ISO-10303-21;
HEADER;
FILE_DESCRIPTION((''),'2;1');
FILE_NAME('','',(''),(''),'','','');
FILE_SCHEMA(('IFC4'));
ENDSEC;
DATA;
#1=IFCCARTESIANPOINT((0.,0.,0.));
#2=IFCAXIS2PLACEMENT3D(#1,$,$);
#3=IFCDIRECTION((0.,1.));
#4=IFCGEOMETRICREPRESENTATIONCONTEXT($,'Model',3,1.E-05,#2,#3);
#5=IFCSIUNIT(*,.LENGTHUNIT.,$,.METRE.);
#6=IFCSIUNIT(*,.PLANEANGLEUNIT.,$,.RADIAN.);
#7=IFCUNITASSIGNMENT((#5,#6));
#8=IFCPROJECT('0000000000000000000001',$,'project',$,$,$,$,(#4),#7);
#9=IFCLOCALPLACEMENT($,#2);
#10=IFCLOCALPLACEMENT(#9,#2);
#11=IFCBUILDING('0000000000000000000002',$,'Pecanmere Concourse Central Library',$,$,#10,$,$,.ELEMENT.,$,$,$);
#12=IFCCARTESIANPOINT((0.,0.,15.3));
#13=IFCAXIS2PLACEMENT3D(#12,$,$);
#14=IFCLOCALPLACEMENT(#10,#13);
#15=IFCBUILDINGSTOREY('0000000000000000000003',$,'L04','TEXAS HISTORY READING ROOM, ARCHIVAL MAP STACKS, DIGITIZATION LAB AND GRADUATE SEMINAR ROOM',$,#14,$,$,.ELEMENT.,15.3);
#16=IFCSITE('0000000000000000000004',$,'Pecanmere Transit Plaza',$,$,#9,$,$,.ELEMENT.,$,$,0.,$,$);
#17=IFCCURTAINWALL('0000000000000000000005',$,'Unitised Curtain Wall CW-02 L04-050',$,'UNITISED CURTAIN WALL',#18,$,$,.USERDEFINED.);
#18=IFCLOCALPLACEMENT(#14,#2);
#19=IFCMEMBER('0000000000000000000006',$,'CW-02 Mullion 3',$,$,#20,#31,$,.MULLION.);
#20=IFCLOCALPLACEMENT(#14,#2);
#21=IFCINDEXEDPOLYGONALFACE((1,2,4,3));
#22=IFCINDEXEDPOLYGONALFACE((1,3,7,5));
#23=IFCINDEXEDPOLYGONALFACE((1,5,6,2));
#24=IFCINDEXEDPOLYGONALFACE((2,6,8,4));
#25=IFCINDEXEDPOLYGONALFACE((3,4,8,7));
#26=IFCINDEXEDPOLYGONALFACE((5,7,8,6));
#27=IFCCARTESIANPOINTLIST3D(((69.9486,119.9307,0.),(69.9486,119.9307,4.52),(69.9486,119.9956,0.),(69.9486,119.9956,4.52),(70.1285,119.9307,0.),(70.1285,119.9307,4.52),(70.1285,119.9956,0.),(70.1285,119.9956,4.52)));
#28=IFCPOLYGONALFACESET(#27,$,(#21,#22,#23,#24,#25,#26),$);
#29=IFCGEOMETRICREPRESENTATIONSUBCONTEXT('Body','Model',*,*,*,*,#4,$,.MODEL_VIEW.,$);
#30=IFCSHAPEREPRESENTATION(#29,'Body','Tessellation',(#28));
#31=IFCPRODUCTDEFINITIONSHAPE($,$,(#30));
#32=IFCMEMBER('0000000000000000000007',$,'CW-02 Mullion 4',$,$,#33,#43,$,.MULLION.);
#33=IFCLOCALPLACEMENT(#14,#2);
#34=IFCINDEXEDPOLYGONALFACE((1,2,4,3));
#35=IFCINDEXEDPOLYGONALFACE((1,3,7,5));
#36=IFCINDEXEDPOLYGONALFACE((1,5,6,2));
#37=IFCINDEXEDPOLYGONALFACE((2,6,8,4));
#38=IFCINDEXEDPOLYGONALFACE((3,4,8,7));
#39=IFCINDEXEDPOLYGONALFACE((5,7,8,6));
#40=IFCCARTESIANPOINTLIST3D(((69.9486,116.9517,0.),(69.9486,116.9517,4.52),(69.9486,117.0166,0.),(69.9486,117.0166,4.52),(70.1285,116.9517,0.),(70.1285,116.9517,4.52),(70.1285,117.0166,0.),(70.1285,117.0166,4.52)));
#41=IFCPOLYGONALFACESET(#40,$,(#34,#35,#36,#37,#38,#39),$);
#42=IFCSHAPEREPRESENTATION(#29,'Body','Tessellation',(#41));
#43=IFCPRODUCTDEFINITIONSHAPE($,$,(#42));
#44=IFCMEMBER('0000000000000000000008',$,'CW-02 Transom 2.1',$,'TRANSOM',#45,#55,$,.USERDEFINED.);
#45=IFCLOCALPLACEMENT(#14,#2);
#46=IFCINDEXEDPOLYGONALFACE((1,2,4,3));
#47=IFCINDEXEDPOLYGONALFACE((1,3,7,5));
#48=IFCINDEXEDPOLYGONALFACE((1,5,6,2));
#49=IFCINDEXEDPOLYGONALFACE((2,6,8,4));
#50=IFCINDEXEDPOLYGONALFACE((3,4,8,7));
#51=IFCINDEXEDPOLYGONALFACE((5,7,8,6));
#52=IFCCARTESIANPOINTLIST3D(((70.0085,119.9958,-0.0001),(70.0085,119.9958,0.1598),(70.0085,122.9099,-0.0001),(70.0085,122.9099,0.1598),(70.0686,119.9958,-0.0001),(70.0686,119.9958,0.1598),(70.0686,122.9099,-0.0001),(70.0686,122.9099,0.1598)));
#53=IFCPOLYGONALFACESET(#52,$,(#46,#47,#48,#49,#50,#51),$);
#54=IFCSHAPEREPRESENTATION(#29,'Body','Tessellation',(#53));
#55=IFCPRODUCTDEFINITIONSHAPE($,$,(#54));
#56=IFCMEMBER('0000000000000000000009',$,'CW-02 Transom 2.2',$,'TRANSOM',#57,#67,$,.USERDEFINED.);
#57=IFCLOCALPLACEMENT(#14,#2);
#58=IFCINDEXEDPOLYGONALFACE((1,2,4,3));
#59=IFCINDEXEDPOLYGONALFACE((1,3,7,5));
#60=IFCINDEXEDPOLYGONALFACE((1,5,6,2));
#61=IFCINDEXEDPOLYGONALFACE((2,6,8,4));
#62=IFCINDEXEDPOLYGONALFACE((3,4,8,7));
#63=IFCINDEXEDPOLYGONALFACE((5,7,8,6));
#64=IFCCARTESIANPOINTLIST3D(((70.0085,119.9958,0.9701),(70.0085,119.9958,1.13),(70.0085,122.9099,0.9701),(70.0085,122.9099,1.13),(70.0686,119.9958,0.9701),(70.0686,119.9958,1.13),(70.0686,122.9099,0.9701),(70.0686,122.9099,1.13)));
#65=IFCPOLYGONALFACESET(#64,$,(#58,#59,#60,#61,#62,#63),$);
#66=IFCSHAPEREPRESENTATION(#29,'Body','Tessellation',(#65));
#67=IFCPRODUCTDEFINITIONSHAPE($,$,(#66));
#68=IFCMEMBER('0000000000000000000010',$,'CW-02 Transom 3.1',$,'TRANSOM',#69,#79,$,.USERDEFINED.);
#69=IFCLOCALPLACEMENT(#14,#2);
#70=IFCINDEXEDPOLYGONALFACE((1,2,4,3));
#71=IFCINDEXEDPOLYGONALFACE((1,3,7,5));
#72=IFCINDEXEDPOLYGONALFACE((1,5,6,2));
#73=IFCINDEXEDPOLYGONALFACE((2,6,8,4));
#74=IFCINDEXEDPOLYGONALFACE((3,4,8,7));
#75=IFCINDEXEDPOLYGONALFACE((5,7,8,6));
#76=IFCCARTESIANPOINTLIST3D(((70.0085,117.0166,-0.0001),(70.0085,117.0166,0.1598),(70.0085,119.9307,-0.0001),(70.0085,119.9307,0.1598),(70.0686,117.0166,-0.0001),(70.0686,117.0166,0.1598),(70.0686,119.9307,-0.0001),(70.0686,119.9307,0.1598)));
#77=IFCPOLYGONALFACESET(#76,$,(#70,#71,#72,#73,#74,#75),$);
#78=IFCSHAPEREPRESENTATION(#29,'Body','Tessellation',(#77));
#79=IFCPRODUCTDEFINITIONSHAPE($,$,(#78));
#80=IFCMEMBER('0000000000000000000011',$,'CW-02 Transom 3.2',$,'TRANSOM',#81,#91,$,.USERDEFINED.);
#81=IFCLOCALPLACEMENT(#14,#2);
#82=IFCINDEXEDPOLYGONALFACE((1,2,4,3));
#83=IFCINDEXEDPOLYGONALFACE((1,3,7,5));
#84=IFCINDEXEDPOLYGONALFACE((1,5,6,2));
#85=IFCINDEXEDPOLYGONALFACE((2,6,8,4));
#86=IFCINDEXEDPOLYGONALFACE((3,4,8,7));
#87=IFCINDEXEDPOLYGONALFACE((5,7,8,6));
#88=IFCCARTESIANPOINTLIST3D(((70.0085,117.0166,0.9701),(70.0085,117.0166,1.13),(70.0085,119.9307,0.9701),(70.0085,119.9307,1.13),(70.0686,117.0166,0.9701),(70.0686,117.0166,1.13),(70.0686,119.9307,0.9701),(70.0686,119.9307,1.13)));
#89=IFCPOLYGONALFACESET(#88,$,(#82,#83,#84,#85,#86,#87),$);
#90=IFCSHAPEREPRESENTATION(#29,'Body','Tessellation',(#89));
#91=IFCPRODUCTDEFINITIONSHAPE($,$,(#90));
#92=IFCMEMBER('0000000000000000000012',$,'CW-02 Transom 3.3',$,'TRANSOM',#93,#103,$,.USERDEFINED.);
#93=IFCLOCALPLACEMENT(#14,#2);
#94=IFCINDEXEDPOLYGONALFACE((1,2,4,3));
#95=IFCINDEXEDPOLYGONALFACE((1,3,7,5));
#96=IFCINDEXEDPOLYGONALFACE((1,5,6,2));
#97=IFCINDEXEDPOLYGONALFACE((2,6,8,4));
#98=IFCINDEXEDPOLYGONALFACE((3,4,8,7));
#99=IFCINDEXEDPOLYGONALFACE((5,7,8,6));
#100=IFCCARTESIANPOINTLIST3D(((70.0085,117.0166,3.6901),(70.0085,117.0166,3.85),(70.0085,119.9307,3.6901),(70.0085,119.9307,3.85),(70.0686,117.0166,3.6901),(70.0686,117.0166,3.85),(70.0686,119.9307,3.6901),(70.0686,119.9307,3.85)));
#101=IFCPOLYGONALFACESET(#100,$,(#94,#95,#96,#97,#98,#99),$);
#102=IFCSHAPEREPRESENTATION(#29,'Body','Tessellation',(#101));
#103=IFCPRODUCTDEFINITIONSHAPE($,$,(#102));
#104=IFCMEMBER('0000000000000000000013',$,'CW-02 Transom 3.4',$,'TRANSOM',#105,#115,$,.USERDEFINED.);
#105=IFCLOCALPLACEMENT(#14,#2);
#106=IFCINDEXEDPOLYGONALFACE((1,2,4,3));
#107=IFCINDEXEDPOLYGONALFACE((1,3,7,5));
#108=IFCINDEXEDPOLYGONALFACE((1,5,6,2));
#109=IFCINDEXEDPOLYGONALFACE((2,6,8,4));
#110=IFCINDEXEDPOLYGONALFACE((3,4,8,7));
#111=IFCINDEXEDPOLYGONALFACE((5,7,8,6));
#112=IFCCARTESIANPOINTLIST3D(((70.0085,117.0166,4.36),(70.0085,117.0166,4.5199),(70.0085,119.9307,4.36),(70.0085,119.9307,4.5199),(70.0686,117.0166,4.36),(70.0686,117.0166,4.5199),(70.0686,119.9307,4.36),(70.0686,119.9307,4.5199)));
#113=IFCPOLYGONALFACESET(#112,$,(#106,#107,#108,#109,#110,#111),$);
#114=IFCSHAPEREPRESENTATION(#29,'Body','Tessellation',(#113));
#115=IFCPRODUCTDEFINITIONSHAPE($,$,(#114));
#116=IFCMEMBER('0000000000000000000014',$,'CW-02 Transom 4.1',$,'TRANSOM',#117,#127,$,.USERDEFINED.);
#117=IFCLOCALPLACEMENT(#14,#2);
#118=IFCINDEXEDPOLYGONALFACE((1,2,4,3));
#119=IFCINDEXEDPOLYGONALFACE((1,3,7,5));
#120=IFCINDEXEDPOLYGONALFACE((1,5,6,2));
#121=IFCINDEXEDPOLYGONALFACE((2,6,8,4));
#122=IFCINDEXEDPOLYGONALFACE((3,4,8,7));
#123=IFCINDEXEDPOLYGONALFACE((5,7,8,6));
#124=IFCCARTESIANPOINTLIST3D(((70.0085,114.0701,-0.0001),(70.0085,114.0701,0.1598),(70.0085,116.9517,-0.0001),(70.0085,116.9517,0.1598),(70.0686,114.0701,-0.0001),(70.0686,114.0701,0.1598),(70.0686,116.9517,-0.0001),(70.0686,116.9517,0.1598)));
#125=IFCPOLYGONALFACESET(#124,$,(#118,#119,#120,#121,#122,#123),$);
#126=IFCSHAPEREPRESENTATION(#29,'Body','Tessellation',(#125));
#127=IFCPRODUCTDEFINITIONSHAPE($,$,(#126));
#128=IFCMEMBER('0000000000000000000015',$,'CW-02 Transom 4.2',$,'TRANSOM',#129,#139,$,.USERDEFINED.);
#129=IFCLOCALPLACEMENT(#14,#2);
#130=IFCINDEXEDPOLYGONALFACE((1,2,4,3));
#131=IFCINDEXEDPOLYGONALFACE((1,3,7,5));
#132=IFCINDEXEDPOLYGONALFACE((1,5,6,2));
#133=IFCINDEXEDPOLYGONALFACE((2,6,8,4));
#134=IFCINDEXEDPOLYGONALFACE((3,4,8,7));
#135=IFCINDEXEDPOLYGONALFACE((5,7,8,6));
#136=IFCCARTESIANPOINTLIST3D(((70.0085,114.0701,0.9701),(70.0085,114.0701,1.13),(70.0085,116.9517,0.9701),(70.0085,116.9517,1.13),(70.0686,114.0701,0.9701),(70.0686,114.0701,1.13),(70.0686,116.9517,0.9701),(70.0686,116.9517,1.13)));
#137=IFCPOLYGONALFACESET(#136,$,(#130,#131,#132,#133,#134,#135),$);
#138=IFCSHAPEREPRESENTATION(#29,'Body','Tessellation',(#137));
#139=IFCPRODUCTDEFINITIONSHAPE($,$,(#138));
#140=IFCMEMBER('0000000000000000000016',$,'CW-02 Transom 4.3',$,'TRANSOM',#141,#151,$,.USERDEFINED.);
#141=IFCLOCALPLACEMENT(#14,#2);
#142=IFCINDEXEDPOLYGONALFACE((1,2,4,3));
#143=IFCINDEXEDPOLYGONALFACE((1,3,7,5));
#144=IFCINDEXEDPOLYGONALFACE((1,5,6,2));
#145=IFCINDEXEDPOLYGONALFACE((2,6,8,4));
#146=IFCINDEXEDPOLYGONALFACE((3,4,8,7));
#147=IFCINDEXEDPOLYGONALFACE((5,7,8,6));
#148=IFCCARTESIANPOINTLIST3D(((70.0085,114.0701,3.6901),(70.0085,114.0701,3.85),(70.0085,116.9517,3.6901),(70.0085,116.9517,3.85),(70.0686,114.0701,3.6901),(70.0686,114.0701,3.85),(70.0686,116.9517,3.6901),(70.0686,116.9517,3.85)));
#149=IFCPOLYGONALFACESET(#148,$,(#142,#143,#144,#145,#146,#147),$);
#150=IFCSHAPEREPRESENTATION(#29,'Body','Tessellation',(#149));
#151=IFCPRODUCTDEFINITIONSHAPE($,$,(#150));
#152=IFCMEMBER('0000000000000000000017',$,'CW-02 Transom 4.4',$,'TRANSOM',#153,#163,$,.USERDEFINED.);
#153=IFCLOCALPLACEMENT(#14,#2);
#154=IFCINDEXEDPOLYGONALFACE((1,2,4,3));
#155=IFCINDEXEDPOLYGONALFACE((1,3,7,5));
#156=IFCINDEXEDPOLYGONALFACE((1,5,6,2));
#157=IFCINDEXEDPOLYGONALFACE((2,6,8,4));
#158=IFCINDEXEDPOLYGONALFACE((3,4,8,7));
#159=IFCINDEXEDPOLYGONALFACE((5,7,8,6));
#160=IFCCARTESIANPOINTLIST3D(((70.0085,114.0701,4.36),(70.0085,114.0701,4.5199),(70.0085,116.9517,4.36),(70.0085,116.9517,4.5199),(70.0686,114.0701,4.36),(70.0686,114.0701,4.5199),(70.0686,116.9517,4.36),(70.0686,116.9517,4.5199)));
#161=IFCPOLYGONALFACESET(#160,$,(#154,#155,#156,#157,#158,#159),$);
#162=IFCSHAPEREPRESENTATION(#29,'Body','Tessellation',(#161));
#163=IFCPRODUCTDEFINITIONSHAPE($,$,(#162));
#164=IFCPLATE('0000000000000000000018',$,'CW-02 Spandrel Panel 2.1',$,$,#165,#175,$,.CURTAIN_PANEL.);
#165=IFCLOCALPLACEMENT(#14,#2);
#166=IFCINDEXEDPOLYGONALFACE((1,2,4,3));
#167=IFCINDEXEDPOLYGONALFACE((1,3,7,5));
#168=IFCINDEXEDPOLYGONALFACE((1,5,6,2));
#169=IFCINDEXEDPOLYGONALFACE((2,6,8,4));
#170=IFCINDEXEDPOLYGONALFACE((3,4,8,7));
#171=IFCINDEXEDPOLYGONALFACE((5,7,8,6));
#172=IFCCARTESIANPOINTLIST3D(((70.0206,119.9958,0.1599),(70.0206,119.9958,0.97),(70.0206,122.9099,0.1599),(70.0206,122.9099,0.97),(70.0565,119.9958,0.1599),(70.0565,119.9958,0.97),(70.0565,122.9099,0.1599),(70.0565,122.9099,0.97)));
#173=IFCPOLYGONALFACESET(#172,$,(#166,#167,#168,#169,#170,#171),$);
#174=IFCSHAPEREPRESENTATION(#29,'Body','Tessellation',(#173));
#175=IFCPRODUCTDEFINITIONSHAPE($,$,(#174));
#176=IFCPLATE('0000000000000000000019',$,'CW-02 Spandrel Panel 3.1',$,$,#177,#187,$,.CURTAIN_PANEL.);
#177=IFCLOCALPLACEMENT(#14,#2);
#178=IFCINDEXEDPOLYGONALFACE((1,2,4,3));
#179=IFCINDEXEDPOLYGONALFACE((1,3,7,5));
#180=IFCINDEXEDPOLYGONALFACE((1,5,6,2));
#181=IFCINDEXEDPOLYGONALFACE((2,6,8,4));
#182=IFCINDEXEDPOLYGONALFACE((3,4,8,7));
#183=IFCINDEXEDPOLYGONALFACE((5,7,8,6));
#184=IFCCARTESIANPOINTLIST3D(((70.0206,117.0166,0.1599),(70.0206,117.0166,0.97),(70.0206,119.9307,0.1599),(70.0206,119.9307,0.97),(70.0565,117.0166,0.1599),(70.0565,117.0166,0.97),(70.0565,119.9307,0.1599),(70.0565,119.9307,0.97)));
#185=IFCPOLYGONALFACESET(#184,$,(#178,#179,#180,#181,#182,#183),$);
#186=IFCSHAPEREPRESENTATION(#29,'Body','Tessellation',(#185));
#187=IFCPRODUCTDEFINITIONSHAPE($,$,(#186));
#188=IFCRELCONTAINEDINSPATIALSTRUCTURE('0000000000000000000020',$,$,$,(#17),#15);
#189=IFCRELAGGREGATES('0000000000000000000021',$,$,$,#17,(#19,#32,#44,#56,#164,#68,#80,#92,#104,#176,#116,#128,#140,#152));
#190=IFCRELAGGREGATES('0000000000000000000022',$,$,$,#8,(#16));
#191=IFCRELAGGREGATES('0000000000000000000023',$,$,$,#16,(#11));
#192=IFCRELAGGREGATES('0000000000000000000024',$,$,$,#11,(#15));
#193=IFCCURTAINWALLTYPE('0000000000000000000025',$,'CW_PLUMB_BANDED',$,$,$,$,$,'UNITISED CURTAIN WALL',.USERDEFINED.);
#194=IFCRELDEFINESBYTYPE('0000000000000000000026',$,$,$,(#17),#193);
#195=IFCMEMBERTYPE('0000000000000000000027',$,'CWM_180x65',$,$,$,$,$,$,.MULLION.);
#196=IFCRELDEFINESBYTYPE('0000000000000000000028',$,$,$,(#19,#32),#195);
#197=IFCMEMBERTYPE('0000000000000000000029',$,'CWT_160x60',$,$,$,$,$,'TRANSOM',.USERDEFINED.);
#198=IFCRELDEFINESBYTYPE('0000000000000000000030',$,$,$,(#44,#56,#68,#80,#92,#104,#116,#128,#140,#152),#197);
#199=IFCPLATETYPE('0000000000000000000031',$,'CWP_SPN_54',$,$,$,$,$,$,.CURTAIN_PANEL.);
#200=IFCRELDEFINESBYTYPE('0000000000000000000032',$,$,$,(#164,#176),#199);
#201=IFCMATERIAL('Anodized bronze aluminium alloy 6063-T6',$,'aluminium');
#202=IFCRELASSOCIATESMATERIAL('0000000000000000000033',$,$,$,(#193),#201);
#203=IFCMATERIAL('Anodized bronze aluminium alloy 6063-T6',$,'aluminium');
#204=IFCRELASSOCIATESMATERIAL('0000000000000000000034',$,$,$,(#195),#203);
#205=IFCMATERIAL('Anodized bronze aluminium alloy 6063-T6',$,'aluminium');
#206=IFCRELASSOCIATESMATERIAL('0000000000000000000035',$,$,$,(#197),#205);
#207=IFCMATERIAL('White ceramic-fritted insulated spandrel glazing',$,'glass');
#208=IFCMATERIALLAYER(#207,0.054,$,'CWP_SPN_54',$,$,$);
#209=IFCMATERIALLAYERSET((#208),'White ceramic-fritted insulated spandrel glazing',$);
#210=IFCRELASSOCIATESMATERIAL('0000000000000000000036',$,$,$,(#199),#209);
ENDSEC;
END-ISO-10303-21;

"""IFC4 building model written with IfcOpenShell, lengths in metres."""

from ifc_helpers import new_model, si_unit, direction, frame, origin, origin_2d, place, context, subcontext, project, spatial, rectangle, extrude, material, layer, layer_set, material_profile, profile_set, type_object, element, aggregate, save


model = new_model("IFC4")

# Units and contexts
model_context = context("Model", 3, precision=1e-05, world=origin(), true_north=direction((0.0, 1.0)))
body_context = subcontext(model_context, "Body", "Model", "MODEL_VIEW")
ifc_project = project(units=[si_unit("LENGTHUNIT", "METRE"), si_unit("PLANEANGLEUNIT", "RADIAN")], contexts=[model_context])

# Site, building, storey
site_placement = place(None, origin())
site = spatial("IfcSite", under=ifc_project, at=site_placement, Name="Pecanmere Transit Plaza", CompositionType="ELEMENT", RefElevation=0.0)
building_placement = place(site_placement, origin())
building = spatial("IfcBuilding", under=site, at=building_placement, Name="Pecanmere Concourse Central Library", CompositionType="ELEMENT")
storey_placement = place(building_placement, frame((0.0, 0.0, 15.3)))
storey = spatial("IfcBuildingStorey", under=building, at=storey_placement, Name="L04", Description="TEXAS HISTORY READING ROOM, ARCHIVAL MAP STACKS, DIGITIZATION LAB AND GRADUATE SEMINAR ROOM", CompositionType="ELEMENT", Elevation=15.3)

# Curtain wall, members, plates
ifc_material_1 = material(Name="Anodized bronze aluminium alloy 6063-T6", Category="aluminium")
curtain_wall_type = type_object("IfcCurtainWallType", Name="CW_PLUMB_BANDED", ElementType="UNITISED CURTAIN WALL", PredefinedType="USERDEFINED", material=ifc_material_1)
curtain_wall_placement = place(storey_placement, origin())
curtain_wall = element("IfcCurtainWall", 1, at=curtain_wall_placement, inside=storey, type_object=curtain_wall_type, Name="Unitised Curtain Wall CW-02 L04-050", ObjectType="UNITISED CURTAIN WALL", PredefinedType="USERDEFINED")
ifc_material_2 = material(Name="Anodized bronze aluminium alloy 6063-T6", Category="aluminium")
ifc_material_profile_1 = material_profile(ifc_material_2, rectangle(XDim=0.0649, YDim=0.1799, at=origin_2d()), Name="AL 65x180")
ifc_profile_set_1 = profile_set([ifc_material_profile_1], Name="Anodized bronze aluminium alloy 6063-T6")
member_type_1 = type_object("IfcMemberType", Name="CWM_180x65", PredefinedType="MULLION", material=ifc_profile_set_1)
member_1_placement = place(storey_placement, frame((70.0386, 119.9631, 0.0), z_axis=(0.0, 0.0, 1.0), x_axis=(0.0, -1.0, 0.0)))
member_1 = element("IfcMember", 2, at=member_1_placement, type_object=member_type_1, Name="CW-02 Mullion 3", PredefinedType="MULLION", context=body_context, shape_type="SweptSolid", body=[
    extrude(rectangle(XDim=0.0649, YDim=0.1799, at=origin_2d()), origin(), (0.0, 0.0, 1.0), 4.52),
])
member_2_placement = place(storey_placement, frame((70.0386, 116.9841, 0.0), z_axis=(0.0, 0.0, 1.0), x_axis=(0.0, -1.0, 0.0)))
member_2 = element("IfcMember", 3, at=member_2_placement, type_object=member_type_1, Name="CW-02 Mullion 4", PredefinedType="MULLION", context=body_context, shape_type="SweptSolid", body=[
    extrude(rectangle(XDim=0.0649, YDim=0.1799, at=origin_2d()), origin(), (0.0, 0.0, 1.0), 4.52),
])
ifc_material_3 = material(Name="Anodized bronze aluminium alloy 6063-T6", Category="aluminium")
ifc_material_profile_2 = material_profile(ifc_material_3, rectangle(XDim=0.0601, YDim=0.1599, at=origin_2d()), Name="AL 60x160")
ifc_profile_set_2 = profile_set([ifc_material_profile_2], Name="Anodized bronze aluminium alloy 6063-T6")
member_type_2 = type_object("IfcMemberType", Name="CWT_160x60", ElementType="TRANSOM", PredefinedType="USERDEFINED", material=ifc_profile_set_2)
member_3_placement = place(storey_placement, frame((70.0386, 122.9099, 0.0798), z_axis=(0.0, -1.0, 0.0), x_axis=(1.0, 0.0, 0.0)))
member_3 = element("IfcMember", 4, at=member_3_placement, type_object=member_type_2, Name="CW-02 Transom 2.1", ObjectType="TRANSOM", PredefinedType="USERDEFINED", context=body_context, shape_type="SweptSolid", body=[
    extrude(rectangle(XDim=0.0601, YDim=0.1599, at=origin_2d()), origin(), (0.0, 0.0, 1.0), 2.9141),
])
member_4_placement = place(storey_placement, frame((70.0386, 122.9099, 1.05), z_axis=(0.0, -1.0, 0.0), x_axis=(1.0, 0.0, 0.0)))
member_4 = element("IfcMember", 5, at=member_4_placement, type_object=member_type_2, Name="CW-02 Transom 2.2", ObjectType="TRANSOM", PredefinedType="USERDEFINED", context=body_context, shape_type="SweptSolid", body=[
    extrude(rectangle(XDim=0.0601, YDim=0.1599, at=origin_2d()), origin(), (0.0, 0.0, 1.0), 2.9141),
])
member_5_placement = place(storey_placement, frame((70.0386, 119.9307, 0.0798), z_axis=(0.0, -1.0, 0.0), x_axis=(1.0, 0.0, 0.0)))
member_5 = element("IfcMember", 6, at=member_5_placement, type_object=member_type_2, Name="CW-02 Transom 3.1", ObjectType="TRANSOM", PredefinedType="USERDEFINED", context=body_context, shape_type="SweptSolid", body=[
    extrude(rectangle(XDim=0.0601, YDim=0.1599, at=origin_2d()), origin(), (0.0, 0.0, 1.0), 2.9141),
])
member_6_placement = place(storey_placement, frame((70.0386, 119.9307, 1.05), z_axis=(0.0, -1.0, 0.0), x_axis=(1.0, 0.0, 0.0)))
member_6 = element("IfcMember", 7, at=member_6_placement, type_object=member_type_2, Name="CW-02 Transom 3.2", ObjectType="TRANSOM", PredefinedType="USERDEFINED", context=body_context, shape_type="SweptSolid", body=[
    extrude(rectangle(XDim=0.0601, YDim=0.1599, at=origin_2d()), origin(), (0.0, 0.0, 1.0), 2.9141),
])
member_7_placement = place(storey_placement, frame((70.0386, 119.9307, 3.77), z_axis=(0.0, -1.0, 0.0), x_axis=(1.0, 0.0, 0.0)))
member_7 = element("IfcMember", 8, at=member_7_placement, type_object=member_type_2, Name="CW-02 Transom 3.3", ObjectType="TRANSOM", PredefinedType="USERDEFINED", context=body_context, shape_type="SweptSolid", body=[
    extrude(rectangle(XDim=0.0601, YDim=0.1599, at=origin_2d()), origin(), (0.0, 0.0, 1.0), 2.9141),
])
member_8_placement = place(storey_placement, frame((70.0386, 119.9307, 4.4399), z_axis=(0.0, -1.0, 0.0), x_axis=(1.0, 0.0, 0.0)))
member_8 = element("IfcMember", 9, at=member_8_placement, type_object=member_type_2, Name="CW-02 Transom 3.4", ObjectType="TRANSOM", PredefinedType="USERDEFINED", context=body_context, shape_type="SweptSolid", body=[
    extrude(rectangle(XDim=0.0601, YDim=0.1599, at=origin_2d()), origin(), (0.0, 0.0, 1.0), 2.9141),
])
member_9_placement = place(storey_placement, frame((70.0386, 116.9517, 0.0798), z_axis=(0.0, -1.0, 0.0), x_axis=(1.0, 0.0, 0.0)))
member_9 = element("IfcMember", 10, at=member_9_placement, type_object=member_type_2, Name="CW-02 Transom 4.1", ObjectType="TRANSOM", PredefinedType="USERDEFINED", context=body_context, shape_type="SweptSolid", body=[
    extrude(rectangle(XDim=0.0601, YDim=0.1599, at=origin_2d()), origin(), (0.0, 0.0, 1.0), 2.8816),
])
member_10_placement = place(storey_placement, frame((70.0386, 116.9517, 1.05), z_axis=(0.0, -1.0, 0.0), x_axis=(1.0, 0.0, 0.0)))
member_10 = element("IfcMember", 11, at=member_10_placement, type_object=member_type_2, Name="CW-02 Transom 4.2", ObjectType="TRANSOM", PredefinedType="USERDEFINED", context=body_context, shape_type="SweptSolid", body=[
    extrude(rectangle(XDim=0.0601, YDim=0.1599, at=origin_2d()), origin(), (0.0, 0.0, 1.0), 2.8816),
])
member_11_placement = place(storey_placement, frame((70.0386, 116.9517, 3.77), z_axis=(0.0, -1.0, 0.0), x_axis=(1.0, 0.0, 0.0)))
member_11 = element("IfcMember", 12, at=member_11_placement, type_object=member_type_2, Name="CW-02 Transom 4.3", ObjectType="TRANSOM", PredefinedType="USERDEFINED", context=body_context, shape_type="SweptSolid", body=[
    extrude(rectangle(XDim=0.0601, YDim=0.1599, at=origin_2d()), origin(), (0.0, 0.0, 1.0), 2.8816),
])
member_12_placement = place(storey_placement, frame((70.0386, 116.9517, 4.4399), z_axis=(0.0, -1.0, 0.0), x_axis=(1.0, 0.0, 0.0)))
member_12 = element("IfcMember", 13, at=member_12_placement, type_object=member_type_2, Name="CW-02 Transom 4.4", ObjectType="TRANSOM", PredefinedType="USERDEFINED", context=body_context, shape_type="SweptSolid", body=[
    extrude(rectangle(XDim=0.0601, YDim=0.1599, at=origin_2d()), origin(), (0.0, 0.0, 1.0), 2.8816),
])
ifc_material_4 = material(Name="White ceramic-fritted insulated spandrel glazing", Category="glass")
ifc_layer_1 = layer(ifc_material_4, 0.054, Name="CWP_SPN_54")
ifc_layer_set_1 = layer_set([ifc_layer_1], Name="White ceramic-fritted insulated spandrel glazing")
plate_type_1 = type_object("IfcPlateType", Name="CWP_SPN_54", PredefinedType="CURTAIN_PANEL", material=ifc_layer_set_1)
plate_1_placement = place(storey_placement, frame((70.0386, 121.4529, 0.1599), z_axis=(0.0, 0.0, 1.0), x_axis=(0.0, -1.0, 0.0)))
plate_1 = element("IfcPlate", 14, at=plate_1_placement, type_object=plate_type_1, Name="CW-02 Spandrel Panel 2.1", PredefinedType="CURTAIN_PANEL", context=body_context, shape_type="SweptSolid", body=[
    extrude(rectangle(XDim=2.9141, YDim=0.0359, at=origin_2d()), origin(), (0.0, 0.0, 1.0), 0.8101),
])
plate_2_placement = place(storey_placement, frame((70.0386, 118.4736, 0.1599), z_axis=(0.0, 0.0, 1.0), x_axis=(0.0, -1.0, 0.0)))
plate_2 = element("IfcPlate", 15, at=plate_2_placement, type_object=plate_type_1, Name="CW-02 Spandrel Panel 3.1", PredefinedType="CURTAIN_PANEL", context=body_context, shape_type="SweptSolid", body=[
    extrude(rectangle(XDim=2.9141, YDim=0.0359, at=origin_2d()), origin(), (0.0, 0.0, 1.0), 0.8101),
])
aggregate(curtain_wall, [member_1, member_2, member_3, member_4, plate_1, member_5, member_6, member_7, member_8, plate_2, member_9, member_10, member_11, member_12])

save(model, "model.ifc")
